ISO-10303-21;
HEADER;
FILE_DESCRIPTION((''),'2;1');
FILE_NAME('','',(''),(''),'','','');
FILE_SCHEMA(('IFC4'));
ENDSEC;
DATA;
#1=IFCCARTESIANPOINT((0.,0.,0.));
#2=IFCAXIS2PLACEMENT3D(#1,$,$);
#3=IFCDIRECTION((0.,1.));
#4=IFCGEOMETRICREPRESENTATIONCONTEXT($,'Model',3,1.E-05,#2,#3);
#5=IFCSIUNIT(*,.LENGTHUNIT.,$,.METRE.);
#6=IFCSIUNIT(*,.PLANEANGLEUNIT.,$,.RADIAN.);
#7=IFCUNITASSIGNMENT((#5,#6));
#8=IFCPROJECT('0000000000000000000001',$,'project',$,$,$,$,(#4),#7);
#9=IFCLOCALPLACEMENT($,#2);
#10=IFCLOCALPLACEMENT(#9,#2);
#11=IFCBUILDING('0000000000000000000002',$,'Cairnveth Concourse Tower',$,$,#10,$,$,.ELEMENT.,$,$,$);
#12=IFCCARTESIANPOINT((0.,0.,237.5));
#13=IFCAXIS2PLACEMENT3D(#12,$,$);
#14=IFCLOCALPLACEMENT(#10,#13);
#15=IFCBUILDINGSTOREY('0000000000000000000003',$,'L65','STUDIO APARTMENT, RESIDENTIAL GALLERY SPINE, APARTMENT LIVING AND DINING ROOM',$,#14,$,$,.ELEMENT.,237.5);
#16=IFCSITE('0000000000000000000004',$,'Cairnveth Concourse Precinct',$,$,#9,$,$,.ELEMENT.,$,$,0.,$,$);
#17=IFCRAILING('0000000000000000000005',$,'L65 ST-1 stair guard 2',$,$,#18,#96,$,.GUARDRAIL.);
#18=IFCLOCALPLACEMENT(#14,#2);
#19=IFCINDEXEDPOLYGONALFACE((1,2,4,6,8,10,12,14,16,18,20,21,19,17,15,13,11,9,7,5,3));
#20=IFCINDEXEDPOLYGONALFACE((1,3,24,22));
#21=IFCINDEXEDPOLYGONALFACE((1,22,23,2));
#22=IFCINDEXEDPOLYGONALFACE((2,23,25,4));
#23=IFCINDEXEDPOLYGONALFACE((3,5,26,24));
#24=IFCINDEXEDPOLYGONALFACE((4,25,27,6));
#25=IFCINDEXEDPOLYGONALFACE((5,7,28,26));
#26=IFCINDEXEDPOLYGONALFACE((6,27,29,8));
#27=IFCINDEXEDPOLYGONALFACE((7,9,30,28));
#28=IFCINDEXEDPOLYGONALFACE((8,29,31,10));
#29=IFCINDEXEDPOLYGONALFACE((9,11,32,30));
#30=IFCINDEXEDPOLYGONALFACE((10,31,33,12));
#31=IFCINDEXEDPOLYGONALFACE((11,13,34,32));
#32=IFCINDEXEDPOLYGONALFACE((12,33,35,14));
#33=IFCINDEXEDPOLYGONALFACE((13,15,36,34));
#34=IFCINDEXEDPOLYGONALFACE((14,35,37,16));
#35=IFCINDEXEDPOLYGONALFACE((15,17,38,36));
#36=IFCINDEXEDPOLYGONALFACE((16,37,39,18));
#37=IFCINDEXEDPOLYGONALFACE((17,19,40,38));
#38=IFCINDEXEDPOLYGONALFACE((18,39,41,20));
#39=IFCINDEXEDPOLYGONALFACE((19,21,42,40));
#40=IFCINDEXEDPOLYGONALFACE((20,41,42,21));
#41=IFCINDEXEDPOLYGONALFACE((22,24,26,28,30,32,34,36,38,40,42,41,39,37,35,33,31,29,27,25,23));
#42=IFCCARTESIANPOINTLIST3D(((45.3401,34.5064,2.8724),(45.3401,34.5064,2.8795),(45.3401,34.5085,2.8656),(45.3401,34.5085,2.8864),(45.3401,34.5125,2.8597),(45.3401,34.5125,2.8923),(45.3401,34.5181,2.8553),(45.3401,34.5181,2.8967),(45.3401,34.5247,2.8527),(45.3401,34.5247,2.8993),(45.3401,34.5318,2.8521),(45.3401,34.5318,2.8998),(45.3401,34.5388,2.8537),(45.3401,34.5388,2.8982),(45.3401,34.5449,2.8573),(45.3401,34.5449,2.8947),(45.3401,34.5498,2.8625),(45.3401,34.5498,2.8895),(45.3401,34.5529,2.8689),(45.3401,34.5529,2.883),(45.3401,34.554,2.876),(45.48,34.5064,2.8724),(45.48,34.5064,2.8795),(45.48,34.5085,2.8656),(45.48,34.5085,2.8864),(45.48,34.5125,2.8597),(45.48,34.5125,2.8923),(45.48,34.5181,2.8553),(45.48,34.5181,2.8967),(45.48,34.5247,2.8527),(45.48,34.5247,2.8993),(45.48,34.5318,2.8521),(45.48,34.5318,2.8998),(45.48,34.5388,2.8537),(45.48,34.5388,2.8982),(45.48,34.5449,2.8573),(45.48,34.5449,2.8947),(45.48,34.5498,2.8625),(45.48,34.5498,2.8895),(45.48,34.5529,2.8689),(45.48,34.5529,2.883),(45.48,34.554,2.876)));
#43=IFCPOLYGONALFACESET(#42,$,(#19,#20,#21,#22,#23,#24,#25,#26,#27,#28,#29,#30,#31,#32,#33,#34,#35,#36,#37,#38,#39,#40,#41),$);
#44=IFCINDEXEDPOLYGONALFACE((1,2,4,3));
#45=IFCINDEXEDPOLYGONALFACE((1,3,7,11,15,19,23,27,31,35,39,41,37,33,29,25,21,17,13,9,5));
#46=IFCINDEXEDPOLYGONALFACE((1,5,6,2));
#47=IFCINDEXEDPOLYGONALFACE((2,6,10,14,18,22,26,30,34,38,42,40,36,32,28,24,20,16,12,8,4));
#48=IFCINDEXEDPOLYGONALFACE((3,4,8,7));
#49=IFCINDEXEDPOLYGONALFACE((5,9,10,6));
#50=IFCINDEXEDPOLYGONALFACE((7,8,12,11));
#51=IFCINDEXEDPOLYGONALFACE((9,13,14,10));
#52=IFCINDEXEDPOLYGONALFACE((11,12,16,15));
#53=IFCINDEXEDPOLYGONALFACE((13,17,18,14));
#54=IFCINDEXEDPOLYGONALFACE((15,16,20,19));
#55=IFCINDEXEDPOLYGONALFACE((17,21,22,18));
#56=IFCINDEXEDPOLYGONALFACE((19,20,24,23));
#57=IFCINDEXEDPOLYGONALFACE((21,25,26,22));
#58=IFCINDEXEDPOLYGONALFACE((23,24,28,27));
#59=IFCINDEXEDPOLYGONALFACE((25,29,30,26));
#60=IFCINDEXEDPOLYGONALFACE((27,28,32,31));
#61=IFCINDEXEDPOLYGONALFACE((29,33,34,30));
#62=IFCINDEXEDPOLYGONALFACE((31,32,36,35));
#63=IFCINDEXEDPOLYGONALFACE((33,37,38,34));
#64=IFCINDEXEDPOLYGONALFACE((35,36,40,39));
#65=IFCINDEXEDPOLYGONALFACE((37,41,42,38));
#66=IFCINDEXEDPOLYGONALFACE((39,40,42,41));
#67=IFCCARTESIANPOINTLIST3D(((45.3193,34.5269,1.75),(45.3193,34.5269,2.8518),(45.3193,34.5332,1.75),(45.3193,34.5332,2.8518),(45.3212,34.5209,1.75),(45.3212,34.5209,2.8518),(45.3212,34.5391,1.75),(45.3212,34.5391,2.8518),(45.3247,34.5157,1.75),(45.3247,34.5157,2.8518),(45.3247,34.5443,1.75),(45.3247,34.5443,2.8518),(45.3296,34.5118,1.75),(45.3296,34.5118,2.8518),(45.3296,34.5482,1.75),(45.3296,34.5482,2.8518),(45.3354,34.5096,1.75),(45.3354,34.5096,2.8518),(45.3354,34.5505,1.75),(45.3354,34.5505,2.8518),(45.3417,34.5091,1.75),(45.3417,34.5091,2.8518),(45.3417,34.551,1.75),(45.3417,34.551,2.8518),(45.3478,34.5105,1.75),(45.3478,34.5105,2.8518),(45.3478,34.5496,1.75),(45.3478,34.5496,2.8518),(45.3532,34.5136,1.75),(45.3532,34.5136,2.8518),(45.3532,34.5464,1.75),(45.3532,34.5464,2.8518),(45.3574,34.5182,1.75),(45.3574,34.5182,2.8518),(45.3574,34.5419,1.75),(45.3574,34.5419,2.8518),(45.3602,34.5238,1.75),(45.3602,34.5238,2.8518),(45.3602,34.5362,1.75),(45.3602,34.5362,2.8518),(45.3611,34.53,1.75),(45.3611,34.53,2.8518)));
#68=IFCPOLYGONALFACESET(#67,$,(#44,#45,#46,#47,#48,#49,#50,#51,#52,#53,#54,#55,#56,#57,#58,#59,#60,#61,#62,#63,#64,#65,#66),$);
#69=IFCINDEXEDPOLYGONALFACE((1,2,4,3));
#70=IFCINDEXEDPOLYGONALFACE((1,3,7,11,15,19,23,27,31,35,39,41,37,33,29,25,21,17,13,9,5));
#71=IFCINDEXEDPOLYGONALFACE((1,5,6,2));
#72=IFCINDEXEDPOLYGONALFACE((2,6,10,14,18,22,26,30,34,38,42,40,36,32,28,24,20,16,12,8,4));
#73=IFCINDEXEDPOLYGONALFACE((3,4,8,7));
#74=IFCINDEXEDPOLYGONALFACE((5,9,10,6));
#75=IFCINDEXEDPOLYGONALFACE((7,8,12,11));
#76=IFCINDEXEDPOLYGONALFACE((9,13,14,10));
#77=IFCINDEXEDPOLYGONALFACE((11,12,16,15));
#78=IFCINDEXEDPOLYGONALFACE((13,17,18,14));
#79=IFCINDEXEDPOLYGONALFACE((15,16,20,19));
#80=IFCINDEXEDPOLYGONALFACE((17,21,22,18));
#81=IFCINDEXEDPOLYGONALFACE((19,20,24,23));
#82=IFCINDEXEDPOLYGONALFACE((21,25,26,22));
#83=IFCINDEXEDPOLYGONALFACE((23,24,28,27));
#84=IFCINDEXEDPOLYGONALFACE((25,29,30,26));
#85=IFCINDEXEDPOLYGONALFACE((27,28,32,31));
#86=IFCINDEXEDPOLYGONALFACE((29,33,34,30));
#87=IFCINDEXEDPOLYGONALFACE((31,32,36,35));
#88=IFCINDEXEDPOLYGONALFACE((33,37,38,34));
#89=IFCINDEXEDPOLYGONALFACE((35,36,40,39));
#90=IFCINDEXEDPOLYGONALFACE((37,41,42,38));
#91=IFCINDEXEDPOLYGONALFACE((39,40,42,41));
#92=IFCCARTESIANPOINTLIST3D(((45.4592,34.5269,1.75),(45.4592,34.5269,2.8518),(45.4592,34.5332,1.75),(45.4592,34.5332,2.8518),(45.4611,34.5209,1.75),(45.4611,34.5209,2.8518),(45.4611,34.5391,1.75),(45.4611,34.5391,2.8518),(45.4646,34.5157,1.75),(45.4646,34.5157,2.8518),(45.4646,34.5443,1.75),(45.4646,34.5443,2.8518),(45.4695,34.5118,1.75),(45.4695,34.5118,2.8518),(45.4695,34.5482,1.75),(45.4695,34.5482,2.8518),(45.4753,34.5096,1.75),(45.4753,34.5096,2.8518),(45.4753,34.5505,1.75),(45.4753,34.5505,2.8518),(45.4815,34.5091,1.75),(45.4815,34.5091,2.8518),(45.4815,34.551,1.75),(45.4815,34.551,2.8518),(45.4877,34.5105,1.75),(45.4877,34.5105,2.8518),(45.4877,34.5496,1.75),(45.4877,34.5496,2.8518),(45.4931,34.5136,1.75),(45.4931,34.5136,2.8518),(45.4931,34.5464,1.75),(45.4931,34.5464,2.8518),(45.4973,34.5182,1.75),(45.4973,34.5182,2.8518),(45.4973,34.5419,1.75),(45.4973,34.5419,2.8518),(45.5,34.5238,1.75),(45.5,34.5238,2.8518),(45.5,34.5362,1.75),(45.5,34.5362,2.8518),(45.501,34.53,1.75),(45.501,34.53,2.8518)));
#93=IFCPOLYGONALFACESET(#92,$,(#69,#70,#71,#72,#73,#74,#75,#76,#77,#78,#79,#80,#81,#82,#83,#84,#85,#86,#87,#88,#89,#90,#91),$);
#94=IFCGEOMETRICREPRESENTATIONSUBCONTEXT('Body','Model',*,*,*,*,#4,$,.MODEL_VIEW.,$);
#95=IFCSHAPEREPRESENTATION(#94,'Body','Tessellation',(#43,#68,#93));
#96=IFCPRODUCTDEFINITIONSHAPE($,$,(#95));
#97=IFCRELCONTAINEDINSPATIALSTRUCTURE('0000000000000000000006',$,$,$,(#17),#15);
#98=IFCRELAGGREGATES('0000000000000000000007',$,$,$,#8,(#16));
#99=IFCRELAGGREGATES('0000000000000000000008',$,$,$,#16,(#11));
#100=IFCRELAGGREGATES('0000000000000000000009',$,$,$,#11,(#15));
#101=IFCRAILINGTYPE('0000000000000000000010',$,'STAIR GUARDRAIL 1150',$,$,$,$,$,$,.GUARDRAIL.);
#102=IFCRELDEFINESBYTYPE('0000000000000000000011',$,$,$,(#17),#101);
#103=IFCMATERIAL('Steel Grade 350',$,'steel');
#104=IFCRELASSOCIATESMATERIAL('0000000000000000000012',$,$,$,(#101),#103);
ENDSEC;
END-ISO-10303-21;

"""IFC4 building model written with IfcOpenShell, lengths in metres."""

from ifc_helpers import new_model, si_unit, direction, frame, origin, origin_2d, place, context, subcontext, project, spatial, circle, extrude, material, type_object, element, save


model = new_model("IFC4")

# Units and contexts
model_context = context("Model", 3, precision=1e-05, world=origin(), true_north=direction((0.0, 1.0)))
body_context = subcontext(model_context, "Body", "Model", "MODEL_VIEW")
ifc_project = project(units=[si_unit("LENGTHUNIT", "METRE"), si_unit("PLANEANGLEUNIT", "RADIAN")], contexts=[model_context])

# Site, building, storey
site_placement = place(None, origin())
site = spatial("IfcSite", under=ifc_project, at=site_placement, Name="Cairnveth Concourse Precinct", CompositionType="ELEMENT", RefElevation=0.0)
building_placement = place(site_placement, origin())
building = spatial("IfcBuilding", under=site, at=building_placement, Name="Cairnveth Concourse Tower", CompositionType="ELEMENT")
storey_placement = place(building_placement, frame((0.0, 0.0, 237.5)))
storey = spatial("IfcBuildingStorey", under=building, at=storey_placement, Name="L65", Description="STUDIO APARTMENT, RESIDENTIAL GALLERY SPINE, APARTMENT LIVING AND DINING ROOM", CompositionType="ELEMENT", Elevation=237.5)

# Railing
ifc_material_1 = material(Name="Steel Grade 350", Category="steel")
railing_type_1 = type_object("IfcRailingType", Name="STAIR GUARDRAIL 1150", PredefinedType="GUARDRAIL", material=ifc_material_1)
railing_1_placement = place(storey_placement, frame((45.3401, 34.53, 1.75)))
element("IfcRailing", 1, at=railing_1_placement, inside=storey, type_object=railing_type_1, Name="L65 ST-1 stair guard 2", PredefinedType="GUARDRAIL", context=body_context, shape_type="SweptSolid", body=[
    extrude(circle(Radius=0.0239, at=origin_2d()), frame((0.0, 0.0, 1.126), z_axis=(1.0, 0.0, 0.0), x_axis=(0.0, 1.0, 0.0)), (0.0, 0.0, 1.0), 0.1399),
    extrude(circle(Radius=0.021, at=origin_2d()), origin(), (0.0, 0.0, 1.0), 1.1018),
    extrude(circle(Radius=0.021, at=origin_2d()), frame((0.1399, 0.0, 0.0)), (0.0, 0.0, 1.0), 1.1018),
])

save(model, "model.ifc")
